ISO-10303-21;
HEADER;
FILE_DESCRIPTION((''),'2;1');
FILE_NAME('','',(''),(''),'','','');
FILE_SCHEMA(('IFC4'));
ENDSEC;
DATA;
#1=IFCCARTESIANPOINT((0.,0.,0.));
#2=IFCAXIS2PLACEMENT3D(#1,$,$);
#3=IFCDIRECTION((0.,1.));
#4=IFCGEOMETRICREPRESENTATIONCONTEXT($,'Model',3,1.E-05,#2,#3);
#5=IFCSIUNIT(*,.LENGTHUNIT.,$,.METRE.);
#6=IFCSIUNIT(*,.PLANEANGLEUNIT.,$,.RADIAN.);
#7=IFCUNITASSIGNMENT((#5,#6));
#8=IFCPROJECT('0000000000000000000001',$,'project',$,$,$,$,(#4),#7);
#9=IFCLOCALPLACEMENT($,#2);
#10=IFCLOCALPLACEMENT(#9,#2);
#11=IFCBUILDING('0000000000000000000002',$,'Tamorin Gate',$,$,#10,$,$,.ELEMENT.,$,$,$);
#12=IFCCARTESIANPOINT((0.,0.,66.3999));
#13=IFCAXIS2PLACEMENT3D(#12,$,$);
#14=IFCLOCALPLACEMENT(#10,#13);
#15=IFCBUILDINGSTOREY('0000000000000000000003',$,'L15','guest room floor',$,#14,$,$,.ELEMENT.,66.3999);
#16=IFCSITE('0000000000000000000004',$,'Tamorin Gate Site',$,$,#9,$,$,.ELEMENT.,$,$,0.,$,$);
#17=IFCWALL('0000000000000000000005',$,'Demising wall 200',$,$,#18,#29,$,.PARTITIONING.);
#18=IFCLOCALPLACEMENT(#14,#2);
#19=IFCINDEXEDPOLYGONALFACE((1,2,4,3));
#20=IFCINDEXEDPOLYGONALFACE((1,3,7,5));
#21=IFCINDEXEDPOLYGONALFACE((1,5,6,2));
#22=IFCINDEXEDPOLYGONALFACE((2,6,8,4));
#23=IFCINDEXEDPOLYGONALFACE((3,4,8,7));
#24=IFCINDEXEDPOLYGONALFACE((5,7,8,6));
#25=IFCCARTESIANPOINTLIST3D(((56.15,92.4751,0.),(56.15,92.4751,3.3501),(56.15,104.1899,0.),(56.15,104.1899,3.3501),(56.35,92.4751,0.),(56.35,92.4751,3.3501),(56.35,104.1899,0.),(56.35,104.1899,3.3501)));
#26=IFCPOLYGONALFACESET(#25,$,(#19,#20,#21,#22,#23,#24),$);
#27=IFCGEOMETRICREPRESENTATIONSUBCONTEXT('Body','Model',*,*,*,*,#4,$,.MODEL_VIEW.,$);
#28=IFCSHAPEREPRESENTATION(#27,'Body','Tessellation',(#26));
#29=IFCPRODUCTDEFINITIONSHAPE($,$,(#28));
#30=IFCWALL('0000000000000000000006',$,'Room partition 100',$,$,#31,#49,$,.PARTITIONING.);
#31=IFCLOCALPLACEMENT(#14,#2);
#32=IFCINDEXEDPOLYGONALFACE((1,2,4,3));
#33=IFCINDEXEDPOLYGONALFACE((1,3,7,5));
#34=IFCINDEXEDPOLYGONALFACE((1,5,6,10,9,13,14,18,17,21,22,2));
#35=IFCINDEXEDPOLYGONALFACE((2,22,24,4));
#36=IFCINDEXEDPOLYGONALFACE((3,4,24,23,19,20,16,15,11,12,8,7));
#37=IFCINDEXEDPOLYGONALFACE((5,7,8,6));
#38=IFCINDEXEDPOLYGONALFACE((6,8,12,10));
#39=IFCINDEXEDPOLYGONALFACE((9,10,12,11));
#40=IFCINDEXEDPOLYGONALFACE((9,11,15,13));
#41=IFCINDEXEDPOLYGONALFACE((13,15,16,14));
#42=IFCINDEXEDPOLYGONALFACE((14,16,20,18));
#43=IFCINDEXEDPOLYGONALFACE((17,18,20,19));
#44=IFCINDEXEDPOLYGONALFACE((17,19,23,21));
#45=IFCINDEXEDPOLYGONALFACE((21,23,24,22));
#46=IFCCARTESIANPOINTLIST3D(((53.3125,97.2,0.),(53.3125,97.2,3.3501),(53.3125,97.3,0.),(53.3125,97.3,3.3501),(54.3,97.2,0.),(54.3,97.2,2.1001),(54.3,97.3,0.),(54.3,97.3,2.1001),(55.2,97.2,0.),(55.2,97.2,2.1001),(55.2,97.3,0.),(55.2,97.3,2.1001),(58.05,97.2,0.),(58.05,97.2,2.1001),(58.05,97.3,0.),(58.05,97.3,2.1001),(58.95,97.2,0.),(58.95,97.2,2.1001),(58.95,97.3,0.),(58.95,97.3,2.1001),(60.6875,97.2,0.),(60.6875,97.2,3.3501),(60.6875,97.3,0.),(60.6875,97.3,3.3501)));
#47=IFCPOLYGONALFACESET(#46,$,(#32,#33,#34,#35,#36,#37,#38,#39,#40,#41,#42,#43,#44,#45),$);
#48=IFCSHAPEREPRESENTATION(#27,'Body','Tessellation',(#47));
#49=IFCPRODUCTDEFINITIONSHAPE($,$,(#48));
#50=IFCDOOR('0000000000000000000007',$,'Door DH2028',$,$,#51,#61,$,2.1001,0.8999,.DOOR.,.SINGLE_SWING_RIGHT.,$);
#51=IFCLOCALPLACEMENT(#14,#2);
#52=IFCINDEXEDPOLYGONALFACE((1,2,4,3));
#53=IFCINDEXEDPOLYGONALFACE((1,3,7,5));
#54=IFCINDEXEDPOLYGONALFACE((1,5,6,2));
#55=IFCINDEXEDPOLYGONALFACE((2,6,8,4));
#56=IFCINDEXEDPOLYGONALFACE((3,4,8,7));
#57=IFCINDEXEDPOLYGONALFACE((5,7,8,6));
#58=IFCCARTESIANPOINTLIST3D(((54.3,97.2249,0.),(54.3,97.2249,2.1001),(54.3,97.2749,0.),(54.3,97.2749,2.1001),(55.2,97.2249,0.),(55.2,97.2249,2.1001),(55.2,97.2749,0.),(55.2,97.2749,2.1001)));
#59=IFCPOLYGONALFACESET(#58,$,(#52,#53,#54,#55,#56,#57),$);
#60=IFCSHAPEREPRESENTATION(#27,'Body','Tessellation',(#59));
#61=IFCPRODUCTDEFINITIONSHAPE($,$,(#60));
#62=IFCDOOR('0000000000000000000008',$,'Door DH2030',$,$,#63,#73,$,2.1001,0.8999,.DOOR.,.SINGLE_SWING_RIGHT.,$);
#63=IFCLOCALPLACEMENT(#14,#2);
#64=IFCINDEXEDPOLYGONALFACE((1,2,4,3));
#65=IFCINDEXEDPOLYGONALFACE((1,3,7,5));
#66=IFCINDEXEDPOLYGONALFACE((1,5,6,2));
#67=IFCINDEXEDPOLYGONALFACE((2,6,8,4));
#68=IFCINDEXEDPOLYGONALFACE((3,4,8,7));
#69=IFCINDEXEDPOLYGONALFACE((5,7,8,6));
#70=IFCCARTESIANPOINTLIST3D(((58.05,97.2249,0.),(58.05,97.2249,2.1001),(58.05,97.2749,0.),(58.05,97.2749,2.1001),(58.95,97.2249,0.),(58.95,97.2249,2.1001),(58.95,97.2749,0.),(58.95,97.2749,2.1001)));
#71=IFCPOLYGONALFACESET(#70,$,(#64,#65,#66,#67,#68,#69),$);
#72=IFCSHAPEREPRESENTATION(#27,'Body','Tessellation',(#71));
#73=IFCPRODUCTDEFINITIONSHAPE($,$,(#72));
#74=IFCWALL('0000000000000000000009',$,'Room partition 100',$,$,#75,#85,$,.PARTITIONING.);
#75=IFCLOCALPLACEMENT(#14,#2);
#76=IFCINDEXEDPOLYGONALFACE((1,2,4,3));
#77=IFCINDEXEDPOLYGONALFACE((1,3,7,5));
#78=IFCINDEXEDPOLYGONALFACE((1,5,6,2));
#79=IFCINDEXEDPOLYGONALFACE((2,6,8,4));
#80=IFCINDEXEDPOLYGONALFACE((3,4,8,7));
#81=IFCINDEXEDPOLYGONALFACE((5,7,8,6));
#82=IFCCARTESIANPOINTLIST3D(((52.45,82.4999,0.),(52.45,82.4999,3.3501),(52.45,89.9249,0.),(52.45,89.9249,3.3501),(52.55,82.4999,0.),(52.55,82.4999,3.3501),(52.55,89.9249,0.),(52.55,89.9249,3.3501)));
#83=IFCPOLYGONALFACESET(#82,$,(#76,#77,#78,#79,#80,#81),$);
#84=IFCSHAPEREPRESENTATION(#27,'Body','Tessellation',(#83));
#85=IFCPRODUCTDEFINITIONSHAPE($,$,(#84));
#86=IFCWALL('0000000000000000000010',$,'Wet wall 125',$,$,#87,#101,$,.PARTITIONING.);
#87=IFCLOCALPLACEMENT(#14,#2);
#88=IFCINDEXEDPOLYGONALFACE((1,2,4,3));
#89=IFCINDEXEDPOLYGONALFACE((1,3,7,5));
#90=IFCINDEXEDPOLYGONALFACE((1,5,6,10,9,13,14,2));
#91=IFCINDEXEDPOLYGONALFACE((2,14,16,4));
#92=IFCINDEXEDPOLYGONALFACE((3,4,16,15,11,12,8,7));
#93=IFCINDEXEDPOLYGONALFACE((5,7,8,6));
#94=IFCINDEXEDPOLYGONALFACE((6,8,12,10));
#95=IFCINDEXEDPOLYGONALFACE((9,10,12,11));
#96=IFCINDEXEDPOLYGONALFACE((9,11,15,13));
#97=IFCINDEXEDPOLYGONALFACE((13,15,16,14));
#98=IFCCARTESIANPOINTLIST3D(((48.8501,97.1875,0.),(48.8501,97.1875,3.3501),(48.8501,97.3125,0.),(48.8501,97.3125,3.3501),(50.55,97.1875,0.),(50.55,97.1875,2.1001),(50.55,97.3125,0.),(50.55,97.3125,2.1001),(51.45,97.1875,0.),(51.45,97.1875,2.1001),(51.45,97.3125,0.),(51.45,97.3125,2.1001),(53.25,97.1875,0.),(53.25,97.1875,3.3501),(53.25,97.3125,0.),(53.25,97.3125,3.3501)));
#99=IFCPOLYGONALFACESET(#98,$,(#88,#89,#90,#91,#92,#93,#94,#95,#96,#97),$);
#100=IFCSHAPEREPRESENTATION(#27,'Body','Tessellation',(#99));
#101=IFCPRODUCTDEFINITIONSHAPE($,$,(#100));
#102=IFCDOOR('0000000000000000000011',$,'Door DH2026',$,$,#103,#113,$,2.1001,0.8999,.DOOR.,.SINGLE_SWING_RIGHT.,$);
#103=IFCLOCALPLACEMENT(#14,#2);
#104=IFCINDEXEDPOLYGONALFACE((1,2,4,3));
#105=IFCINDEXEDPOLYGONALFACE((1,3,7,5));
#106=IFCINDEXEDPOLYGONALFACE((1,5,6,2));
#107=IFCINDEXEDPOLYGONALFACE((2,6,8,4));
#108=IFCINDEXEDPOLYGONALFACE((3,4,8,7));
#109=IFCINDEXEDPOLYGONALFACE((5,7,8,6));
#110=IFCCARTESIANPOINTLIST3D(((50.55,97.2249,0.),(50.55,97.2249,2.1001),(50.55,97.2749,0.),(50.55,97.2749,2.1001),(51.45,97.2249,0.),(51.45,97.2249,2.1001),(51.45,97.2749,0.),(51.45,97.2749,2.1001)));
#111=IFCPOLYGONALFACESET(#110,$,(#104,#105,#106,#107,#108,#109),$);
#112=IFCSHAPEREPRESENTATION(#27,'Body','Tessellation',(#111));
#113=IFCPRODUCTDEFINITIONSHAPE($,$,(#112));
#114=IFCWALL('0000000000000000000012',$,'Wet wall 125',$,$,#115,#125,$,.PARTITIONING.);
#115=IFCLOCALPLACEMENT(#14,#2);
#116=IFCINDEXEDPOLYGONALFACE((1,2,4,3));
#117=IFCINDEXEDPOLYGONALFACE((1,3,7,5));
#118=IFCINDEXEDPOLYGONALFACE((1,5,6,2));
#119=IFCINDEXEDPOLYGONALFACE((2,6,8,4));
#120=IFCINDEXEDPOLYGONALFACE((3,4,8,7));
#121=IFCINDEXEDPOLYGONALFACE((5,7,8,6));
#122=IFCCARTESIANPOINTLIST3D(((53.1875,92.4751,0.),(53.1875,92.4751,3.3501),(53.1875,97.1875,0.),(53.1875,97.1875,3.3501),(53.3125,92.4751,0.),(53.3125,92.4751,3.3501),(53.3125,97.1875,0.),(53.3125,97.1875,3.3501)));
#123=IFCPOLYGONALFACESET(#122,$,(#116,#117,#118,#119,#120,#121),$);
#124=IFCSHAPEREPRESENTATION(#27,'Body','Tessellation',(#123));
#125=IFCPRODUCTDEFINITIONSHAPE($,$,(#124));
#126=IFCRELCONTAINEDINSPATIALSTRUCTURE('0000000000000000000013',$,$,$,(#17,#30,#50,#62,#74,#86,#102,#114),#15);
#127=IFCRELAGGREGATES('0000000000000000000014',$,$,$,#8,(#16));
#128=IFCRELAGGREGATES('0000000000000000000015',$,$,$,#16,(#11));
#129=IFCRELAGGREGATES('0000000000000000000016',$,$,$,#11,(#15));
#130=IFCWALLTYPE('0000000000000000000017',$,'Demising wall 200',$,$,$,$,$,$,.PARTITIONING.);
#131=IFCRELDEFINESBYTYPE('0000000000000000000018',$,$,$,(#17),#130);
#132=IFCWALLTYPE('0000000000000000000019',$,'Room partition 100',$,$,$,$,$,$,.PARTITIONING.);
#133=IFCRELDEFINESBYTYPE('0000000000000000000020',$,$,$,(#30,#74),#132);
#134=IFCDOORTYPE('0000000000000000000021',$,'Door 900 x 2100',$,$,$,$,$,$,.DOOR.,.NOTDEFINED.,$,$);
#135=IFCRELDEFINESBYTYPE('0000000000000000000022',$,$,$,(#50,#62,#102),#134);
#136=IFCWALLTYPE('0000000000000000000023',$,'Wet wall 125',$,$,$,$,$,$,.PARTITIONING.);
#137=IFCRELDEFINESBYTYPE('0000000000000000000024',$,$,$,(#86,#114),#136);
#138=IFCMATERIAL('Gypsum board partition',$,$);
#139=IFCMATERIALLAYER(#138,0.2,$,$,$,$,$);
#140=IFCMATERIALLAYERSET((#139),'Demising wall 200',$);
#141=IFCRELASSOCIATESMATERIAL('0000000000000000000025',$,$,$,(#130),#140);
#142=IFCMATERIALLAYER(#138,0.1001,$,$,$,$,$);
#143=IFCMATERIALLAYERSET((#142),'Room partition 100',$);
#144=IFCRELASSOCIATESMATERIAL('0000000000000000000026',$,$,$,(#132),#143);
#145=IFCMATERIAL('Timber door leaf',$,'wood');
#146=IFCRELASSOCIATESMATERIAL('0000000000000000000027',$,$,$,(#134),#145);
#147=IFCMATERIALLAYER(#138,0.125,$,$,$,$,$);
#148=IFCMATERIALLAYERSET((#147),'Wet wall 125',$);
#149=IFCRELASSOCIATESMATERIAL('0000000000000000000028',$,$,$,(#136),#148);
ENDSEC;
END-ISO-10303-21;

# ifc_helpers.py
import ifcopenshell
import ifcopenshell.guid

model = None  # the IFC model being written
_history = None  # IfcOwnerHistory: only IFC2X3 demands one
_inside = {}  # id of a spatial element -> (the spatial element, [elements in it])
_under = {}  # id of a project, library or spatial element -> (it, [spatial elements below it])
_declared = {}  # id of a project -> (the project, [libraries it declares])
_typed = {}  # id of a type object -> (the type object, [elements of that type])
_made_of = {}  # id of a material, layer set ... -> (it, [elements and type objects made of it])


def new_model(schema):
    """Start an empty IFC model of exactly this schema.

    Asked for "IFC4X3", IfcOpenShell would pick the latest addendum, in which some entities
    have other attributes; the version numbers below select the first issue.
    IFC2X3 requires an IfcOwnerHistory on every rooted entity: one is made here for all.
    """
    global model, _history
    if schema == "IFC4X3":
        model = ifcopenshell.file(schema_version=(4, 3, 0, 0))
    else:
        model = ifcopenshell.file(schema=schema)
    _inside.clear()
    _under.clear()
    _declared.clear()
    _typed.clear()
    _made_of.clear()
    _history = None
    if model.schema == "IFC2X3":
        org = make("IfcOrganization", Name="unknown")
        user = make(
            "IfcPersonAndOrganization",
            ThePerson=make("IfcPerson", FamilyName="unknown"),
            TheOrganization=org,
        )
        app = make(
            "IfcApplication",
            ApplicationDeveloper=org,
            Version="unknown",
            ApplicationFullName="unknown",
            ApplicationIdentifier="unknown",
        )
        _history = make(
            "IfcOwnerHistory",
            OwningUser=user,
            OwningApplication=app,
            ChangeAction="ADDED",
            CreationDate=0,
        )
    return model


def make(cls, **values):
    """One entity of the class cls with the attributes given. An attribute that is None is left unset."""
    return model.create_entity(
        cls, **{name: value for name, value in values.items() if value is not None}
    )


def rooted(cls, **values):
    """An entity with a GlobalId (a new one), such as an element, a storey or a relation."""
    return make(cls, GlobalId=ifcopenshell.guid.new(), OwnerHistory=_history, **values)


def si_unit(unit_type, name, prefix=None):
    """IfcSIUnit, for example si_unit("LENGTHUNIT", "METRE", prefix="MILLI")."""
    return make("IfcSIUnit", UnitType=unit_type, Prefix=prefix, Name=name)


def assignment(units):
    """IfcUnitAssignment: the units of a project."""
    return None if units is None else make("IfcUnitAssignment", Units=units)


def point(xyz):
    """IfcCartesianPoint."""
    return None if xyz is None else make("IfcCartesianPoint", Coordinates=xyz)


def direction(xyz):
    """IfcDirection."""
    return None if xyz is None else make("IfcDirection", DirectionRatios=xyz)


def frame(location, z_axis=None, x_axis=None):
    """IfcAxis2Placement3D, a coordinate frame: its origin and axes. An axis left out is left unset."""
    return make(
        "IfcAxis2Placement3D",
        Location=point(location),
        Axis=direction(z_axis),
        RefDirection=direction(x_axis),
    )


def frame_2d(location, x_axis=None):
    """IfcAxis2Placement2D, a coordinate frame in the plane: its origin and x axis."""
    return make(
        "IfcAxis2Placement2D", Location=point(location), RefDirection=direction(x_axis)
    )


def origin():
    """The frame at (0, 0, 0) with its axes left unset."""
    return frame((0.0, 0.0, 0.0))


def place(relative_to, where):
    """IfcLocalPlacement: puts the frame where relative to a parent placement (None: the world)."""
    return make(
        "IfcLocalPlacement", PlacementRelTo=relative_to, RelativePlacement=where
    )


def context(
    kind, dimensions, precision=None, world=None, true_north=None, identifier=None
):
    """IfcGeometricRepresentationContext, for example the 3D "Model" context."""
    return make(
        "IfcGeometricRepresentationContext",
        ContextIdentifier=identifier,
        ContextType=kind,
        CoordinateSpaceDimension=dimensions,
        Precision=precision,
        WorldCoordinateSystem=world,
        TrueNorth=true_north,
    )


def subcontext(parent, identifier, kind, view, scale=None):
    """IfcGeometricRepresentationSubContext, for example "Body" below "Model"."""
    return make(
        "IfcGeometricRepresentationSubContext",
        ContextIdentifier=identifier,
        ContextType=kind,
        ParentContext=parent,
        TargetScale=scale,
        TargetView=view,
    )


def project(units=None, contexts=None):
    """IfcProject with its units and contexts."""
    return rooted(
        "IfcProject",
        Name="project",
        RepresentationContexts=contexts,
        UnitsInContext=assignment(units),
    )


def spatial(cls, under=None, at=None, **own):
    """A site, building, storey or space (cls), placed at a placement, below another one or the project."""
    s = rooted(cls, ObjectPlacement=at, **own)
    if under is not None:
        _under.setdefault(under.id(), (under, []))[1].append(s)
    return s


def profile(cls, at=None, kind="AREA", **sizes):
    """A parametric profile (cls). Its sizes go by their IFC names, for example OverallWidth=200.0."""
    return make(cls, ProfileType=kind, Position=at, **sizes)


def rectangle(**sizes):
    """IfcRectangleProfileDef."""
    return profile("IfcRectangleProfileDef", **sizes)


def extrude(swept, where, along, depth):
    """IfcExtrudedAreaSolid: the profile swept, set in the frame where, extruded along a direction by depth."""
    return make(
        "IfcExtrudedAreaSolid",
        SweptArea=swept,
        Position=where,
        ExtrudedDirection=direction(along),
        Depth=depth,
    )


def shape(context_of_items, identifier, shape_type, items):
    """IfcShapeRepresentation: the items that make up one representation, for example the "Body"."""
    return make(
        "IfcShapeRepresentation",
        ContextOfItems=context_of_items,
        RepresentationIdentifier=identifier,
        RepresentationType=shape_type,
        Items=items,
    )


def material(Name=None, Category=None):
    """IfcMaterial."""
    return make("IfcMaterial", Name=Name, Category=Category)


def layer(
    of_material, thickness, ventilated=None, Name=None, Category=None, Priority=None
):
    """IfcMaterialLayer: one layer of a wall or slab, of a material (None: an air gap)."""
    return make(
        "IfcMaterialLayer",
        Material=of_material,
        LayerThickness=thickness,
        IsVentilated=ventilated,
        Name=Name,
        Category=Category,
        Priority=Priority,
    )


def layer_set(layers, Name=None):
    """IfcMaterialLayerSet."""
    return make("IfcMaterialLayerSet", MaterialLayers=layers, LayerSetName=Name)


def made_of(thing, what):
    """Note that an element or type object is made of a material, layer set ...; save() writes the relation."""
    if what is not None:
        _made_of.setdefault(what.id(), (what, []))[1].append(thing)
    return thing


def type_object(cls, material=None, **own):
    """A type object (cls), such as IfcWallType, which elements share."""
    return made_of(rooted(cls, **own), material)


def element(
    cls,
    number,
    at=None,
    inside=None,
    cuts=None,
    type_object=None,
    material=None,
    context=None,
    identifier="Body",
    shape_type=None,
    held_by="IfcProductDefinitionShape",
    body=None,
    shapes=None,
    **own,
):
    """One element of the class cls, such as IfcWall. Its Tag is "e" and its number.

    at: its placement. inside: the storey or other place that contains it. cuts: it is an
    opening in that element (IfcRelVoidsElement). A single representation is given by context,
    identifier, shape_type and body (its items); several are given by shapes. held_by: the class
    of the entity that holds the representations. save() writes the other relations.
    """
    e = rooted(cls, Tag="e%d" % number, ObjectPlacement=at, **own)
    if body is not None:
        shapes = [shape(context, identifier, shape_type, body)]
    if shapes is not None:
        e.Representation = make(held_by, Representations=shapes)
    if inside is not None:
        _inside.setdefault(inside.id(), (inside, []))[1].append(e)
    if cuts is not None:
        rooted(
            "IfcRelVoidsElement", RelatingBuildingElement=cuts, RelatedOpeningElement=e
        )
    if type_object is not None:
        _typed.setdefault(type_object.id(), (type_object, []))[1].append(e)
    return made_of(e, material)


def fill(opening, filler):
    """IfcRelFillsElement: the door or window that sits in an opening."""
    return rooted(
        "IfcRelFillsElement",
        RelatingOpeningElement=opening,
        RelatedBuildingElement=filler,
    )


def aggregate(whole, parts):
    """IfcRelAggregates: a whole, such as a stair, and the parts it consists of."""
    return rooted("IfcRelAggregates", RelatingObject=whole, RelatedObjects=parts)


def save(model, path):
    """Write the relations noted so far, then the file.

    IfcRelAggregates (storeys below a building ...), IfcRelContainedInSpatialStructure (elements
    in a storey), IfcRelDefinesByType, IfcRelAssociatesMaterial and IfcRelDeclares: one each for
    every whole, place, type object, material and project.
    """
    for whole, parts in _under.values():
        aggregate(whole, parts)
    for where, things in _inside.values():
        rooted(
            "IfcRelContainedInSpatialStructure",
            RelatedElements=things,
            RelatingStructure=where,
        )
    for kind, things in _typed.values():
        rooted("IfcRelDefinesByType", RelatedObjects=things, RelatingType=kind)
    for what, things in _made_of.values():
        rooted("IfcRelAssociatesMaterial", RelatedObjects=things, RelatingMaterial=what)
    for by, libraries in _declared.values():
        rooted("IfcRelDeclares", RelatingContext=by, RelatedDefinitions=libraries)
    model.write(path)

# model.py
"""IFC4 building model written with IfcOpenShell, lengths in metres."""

from ifc_helpers import new_model, si_unit, direction, frame, frame_2d, origin, place, context, subcontext, project, spatial, rectangle, extrude, material, layer, layer_set, type_object, element, fill, save


model = new_model("IFC4")

# Units and contexts
model_context = context("Model", 3, precision=1e-05, world=origin(), true_north=direction((0.0, 1.0)))
body_context = subcontext(model_context, "Body", "Model", "MODEL_VIEW")
ifc_project = project(units=[si_unit("LENGTHUNIT", "METRE"), si_unit("PLANEANGLEUNIT", "RADIAN")], contexts=[model_context])

# Site, building, storey
site_placement = place(None, origin())
site = spatial("IfcSite", under=ifc_project, at=site_placement, Name="Tamorin Gate Site", CompositionType="ELEMENT", RefElevation=0.0)
building_placement = place(site_placement, origin())
building = spatial("IfcBuilding", under=site, at=building_placement, Name="Tamorin Gate", CompositionType="ELEMENT")
storey_placement = place(building_placement, frame((0.0, 0.0, 66.3999)))
storey = spatial("IfcBuildingStorey", under=building, at=storey_placement, Name="L15", Description="guest room floor", CompositionType="ELEMENT", Elevation=66.3999)

# Wall
ifc_material_1 = material(Name="Gypsum board partition")
ifc_layer_1 = layer(ifc_material_1, 0.2)
ifc_layer_set_1 = layer_set([ifc_layer_1], Name="Demising wall 200")
wall_type_1 = type_object("IfcWallType", Name="Demising wall 200", PredefinedType="PARTITIONING", material=ifc_layer_set_1)
for number, where, z_axis, x_axis, name in (
    (1, (56.25, 92.4751, 0.0), (0.0, 0.0, 1.0), (0.0, 1.0, 0.0), "Demising wall 200"),
):
    element("IfcWall", number, at=place(storey_placement, frame(where, z_axis=z_axis, x_axis=x_axis)), inside=storey, type_object=wall_type_1, Name=name, PredefinedType="PARTITIONING", context=body_context, shape_type="SweptSolid", body=[
        extrude(rectangle(XDim=11.7148, YDim=0.2, at=frame_2d((5.8574, 0.0))), origin(), (0.0, 0.0, 1.0), 3.3501),
    ])

# Wall, openings, doors
ifc_layer_2 = layer(ifc_material_1, 0.1001)
ifc_layer_set_2 = layer_set([ifc_layer_2], Name="Room partition 100")
wall_type_2 = type_object("IfcWallType", Name="Room partition 100", PredefinedType="PARTITIONING", material=ifc_layer_set_2)
wall_1_placement = place(storey_placement, frame((53.3125, 97.25, 0.0), z_axis=(0.0, 0.0, 1.0), x_axis=(1.0, 0.0, 0.0)))
wall_1 = element("IfcWall", 2, at=wall_1_placement, inside=storey, type_object=wall_type_2, Name="Room partition 100", PredefinedType="PARTITIONING", context=body_context, shape_type="SweptSolid", body=[
    extrude(rectangle(XDim=7.375, YDim=0.1001, at=frame_2d((3.6875, 0.0))), origin(), (0.0, 0.0, 1.0), 3.3501),
])
opening_1_placement = place(wall_1_placement, frame((0.9875, 0.0, 0.0)))
opening_1 = element("IfcOpeningElement", 3, at=opening_1_placement, cuts=wall_1, PredefinedType="OPENING", context=body_context, shape_type="SweptSolid", body=[
    extrude(rectangle(XDim=0.8999, YDim=2.1001, at=frame_2d((0.45, 1.05))), frame((0.0, 0.0601, 0.0), z_axis=(0.0, -1.0, 0.0), x_axis=(1.0, 0.0, 0.0)), (0.0, 0.0, 1.0), 0.1201),
])
opening_2_placement = place(wall_1_placement, frame((4.7375, 0.0, 0.0)))
opening_2 = element("IfcOpeningElement", 4, at=opening_2_placement, cuts=wall_1, PredefinedType="OPENING", context=body_context, shape_type="SweptSolid", body=[
    extrude(rectangle(XDim=0.8999, YDim=2.1001, at=frame_2d((0.45, 1.05))), frame((0.0, 0.0601, 0.0), z_axis=(0.0, -1.0, 0.0), x_axis=(1.0, 0.0, 0.0)), (0.0, 0.0, 1.0), 0.1201),
])
ifc_material_2 = material(Name="Timber door leaf", Category="wood")
door_type = type_object("IfcDoorType", Name="Door 900 x 2100", OperationType="NOTDEFINED", PredefinedType="DOOR", material=ifc_material_2)
door_1_placement = place(opening_1_placement, origin())
door_1 = element("IfcDoor", 5, at=door_1_placement, inside=storey, type_object=door_type, Name="Door DH2028", OperationType="SINGLE_SWING_RIGHT", OverallHeight=2.1001, OverallWidth=0.8999, PredefinedType="DOOR", context=body_context, shape_type="SweptSolid", body=[
    extrude(rectangle(XDim=0.8999, YDim=2.1001, at=frame_2d((0.45, 1.05))), frame((0.0, 0.0249, 0.0), z_axis=(0.0, -1.0, 0.0), x_axis=(1.0, 0.0, 0.0)), (0.0, 0.0, 1.0), 0.05),
])
fill(opening_1, door_1)
door_2_placement = place(opening_2_placement, origin())
door_2 = element("IfcDoor", 6, at=door_2_placement, inside=storey, type_object=door_type, Name="Door DH2030", OperationType="SINGLE_SWING_RIGHT", OverallHeight=2.1001, OverallWidth=0.8999, PredefinedType="DOOR", context=body_context, shape_type="SweptSolid", body=[
    extrude(rectangle(XDim=0.8999, YDim=2.1001, at=frame_2d((0.45, 1.05))), frame((0.0, 0.0249, 0.0), z_axis=(0.0, -1.0, 0.0), x_axis=(1.0, 0.0, 0.0)), (0.0, 0.0, 1.0), 0.05),
])
fill(opening_2, door_2)

# Wall
wall_2_placement = place(storey_placement, frame((52.5, 82.5, 0.0), z_axis=(0.0, 0.0, 1.0), x_axis=(0.0, 1.0, 0.0)))
element("IfcWall", 7, at=wall_2_placement, inside=storey, type_object=wall_type_2, Name="Room partition 100", PredefinedType="PARTITIONING", context=body_context, shape_type="SweptSolid", body=[
    extrude(rectangle(XDim=7.425, YDim=0.1001, at=frame_2d((3.7124, 0.0))), origin(), (0.0, 0.0, 1.0), 3.3501),
])

# Wall, opening, door
ifc_layer_3 = layer(ifc_material_1, 0.125)
ifc_layer_set_3 = layer_set([ifc_layer_3], Name="Wet wall 125")
wall_type_3 = type_object("IfcWallType", Name="Wet wall 125", PredefinedType="PARTITIONING", material=ifc_layer_set_3)
wall_3_placement = place(storey_placement, frame((48.8501, 97.25, 0.0), z_axis=(0.0, 0.0, 1.0), x_axis=(1.0, 0.0, 0.0)))
wall_3 = element("IfcWall", 8, at=wall_3_placement, inside=storey, type_object=wall_type_3, Name="Wet wall 125", PredefinedType="PARTITIONING", context=body_context, shape_type="SweptSolid", body=[
    extrude(rectangle(XDim=4.3999, YDim=0.125, at=frame_2d((2.2, 0.0))), origin(), (0.0, 0.0, 1.0), 3.3501),
])
opening_3_placement = place(wall_3_placement, frame((1.7, 0.0, 0.0)))
opening_3 = element("IfcOpeningElement", 9, at=opening_3_placement, cuts=wall_3, PredefinedType="OPENING", context=body_context, shape_type="SweptSolid", body=[
    extrude(rectangle(XDim=0.8999, YDim=2.1001, at=frame_2d((0.45, 1.05))), frame((0.0, 0.0725, 0.0), z_axis=(0.0, -1.0, 0.0), x_axis=(1.0, 0.0, 0.0)), (0.0, 0.0, 1.0), 0.145),
])
door_3_placement = place(opening_3_placement, origin())
door_3 = element("IfcDoor", 10, at=door_3_placement, inside=storey, type_object=door_type, Name="Door DH2026", OperationType="SINGLE_SWING_RIGHT", OverallHeight=2.1001, OverallWidth=0.8999, PredefinedType="DOOR", context=body_context, shape_type="SweptSolid", body=[
    extrude(rectangle(XDim=0.8999, YDim=2.1001, at=frame_2d((0.45, 1.05))), frame((0.0, 0.0249, 0.0), z_axis=(0.0, -1.0, 0.0), x_axis=(1.0, 0.0, 0.0)), (0.0, 0.0, 1.0), 0.05),
])
fill(opening_3, door_3)

# Wall
wall_4_placement = place(storey_placement, frame((53.25, 92.4751, 0.0), z_axis=(0.0, 0.0, 1.0), x_axis=(0.0, 1.0, 0.0)))
element("IfcWall", 11, at=wall_4_placement, inside=storey, type_object=wall_type_3, Name="Wet wall 125", PredefinedType="PARTITIONING", context=body_context, shape_type="SweptSolid", body=[
    extrude(rectangle(XDim=4.7124, YDim=0.125, at=frame_2d((2.3562, 0.0))), origin(), (0.0, 0.0, 1.0), 3.3501),
])

save(model, "model.ifc")
